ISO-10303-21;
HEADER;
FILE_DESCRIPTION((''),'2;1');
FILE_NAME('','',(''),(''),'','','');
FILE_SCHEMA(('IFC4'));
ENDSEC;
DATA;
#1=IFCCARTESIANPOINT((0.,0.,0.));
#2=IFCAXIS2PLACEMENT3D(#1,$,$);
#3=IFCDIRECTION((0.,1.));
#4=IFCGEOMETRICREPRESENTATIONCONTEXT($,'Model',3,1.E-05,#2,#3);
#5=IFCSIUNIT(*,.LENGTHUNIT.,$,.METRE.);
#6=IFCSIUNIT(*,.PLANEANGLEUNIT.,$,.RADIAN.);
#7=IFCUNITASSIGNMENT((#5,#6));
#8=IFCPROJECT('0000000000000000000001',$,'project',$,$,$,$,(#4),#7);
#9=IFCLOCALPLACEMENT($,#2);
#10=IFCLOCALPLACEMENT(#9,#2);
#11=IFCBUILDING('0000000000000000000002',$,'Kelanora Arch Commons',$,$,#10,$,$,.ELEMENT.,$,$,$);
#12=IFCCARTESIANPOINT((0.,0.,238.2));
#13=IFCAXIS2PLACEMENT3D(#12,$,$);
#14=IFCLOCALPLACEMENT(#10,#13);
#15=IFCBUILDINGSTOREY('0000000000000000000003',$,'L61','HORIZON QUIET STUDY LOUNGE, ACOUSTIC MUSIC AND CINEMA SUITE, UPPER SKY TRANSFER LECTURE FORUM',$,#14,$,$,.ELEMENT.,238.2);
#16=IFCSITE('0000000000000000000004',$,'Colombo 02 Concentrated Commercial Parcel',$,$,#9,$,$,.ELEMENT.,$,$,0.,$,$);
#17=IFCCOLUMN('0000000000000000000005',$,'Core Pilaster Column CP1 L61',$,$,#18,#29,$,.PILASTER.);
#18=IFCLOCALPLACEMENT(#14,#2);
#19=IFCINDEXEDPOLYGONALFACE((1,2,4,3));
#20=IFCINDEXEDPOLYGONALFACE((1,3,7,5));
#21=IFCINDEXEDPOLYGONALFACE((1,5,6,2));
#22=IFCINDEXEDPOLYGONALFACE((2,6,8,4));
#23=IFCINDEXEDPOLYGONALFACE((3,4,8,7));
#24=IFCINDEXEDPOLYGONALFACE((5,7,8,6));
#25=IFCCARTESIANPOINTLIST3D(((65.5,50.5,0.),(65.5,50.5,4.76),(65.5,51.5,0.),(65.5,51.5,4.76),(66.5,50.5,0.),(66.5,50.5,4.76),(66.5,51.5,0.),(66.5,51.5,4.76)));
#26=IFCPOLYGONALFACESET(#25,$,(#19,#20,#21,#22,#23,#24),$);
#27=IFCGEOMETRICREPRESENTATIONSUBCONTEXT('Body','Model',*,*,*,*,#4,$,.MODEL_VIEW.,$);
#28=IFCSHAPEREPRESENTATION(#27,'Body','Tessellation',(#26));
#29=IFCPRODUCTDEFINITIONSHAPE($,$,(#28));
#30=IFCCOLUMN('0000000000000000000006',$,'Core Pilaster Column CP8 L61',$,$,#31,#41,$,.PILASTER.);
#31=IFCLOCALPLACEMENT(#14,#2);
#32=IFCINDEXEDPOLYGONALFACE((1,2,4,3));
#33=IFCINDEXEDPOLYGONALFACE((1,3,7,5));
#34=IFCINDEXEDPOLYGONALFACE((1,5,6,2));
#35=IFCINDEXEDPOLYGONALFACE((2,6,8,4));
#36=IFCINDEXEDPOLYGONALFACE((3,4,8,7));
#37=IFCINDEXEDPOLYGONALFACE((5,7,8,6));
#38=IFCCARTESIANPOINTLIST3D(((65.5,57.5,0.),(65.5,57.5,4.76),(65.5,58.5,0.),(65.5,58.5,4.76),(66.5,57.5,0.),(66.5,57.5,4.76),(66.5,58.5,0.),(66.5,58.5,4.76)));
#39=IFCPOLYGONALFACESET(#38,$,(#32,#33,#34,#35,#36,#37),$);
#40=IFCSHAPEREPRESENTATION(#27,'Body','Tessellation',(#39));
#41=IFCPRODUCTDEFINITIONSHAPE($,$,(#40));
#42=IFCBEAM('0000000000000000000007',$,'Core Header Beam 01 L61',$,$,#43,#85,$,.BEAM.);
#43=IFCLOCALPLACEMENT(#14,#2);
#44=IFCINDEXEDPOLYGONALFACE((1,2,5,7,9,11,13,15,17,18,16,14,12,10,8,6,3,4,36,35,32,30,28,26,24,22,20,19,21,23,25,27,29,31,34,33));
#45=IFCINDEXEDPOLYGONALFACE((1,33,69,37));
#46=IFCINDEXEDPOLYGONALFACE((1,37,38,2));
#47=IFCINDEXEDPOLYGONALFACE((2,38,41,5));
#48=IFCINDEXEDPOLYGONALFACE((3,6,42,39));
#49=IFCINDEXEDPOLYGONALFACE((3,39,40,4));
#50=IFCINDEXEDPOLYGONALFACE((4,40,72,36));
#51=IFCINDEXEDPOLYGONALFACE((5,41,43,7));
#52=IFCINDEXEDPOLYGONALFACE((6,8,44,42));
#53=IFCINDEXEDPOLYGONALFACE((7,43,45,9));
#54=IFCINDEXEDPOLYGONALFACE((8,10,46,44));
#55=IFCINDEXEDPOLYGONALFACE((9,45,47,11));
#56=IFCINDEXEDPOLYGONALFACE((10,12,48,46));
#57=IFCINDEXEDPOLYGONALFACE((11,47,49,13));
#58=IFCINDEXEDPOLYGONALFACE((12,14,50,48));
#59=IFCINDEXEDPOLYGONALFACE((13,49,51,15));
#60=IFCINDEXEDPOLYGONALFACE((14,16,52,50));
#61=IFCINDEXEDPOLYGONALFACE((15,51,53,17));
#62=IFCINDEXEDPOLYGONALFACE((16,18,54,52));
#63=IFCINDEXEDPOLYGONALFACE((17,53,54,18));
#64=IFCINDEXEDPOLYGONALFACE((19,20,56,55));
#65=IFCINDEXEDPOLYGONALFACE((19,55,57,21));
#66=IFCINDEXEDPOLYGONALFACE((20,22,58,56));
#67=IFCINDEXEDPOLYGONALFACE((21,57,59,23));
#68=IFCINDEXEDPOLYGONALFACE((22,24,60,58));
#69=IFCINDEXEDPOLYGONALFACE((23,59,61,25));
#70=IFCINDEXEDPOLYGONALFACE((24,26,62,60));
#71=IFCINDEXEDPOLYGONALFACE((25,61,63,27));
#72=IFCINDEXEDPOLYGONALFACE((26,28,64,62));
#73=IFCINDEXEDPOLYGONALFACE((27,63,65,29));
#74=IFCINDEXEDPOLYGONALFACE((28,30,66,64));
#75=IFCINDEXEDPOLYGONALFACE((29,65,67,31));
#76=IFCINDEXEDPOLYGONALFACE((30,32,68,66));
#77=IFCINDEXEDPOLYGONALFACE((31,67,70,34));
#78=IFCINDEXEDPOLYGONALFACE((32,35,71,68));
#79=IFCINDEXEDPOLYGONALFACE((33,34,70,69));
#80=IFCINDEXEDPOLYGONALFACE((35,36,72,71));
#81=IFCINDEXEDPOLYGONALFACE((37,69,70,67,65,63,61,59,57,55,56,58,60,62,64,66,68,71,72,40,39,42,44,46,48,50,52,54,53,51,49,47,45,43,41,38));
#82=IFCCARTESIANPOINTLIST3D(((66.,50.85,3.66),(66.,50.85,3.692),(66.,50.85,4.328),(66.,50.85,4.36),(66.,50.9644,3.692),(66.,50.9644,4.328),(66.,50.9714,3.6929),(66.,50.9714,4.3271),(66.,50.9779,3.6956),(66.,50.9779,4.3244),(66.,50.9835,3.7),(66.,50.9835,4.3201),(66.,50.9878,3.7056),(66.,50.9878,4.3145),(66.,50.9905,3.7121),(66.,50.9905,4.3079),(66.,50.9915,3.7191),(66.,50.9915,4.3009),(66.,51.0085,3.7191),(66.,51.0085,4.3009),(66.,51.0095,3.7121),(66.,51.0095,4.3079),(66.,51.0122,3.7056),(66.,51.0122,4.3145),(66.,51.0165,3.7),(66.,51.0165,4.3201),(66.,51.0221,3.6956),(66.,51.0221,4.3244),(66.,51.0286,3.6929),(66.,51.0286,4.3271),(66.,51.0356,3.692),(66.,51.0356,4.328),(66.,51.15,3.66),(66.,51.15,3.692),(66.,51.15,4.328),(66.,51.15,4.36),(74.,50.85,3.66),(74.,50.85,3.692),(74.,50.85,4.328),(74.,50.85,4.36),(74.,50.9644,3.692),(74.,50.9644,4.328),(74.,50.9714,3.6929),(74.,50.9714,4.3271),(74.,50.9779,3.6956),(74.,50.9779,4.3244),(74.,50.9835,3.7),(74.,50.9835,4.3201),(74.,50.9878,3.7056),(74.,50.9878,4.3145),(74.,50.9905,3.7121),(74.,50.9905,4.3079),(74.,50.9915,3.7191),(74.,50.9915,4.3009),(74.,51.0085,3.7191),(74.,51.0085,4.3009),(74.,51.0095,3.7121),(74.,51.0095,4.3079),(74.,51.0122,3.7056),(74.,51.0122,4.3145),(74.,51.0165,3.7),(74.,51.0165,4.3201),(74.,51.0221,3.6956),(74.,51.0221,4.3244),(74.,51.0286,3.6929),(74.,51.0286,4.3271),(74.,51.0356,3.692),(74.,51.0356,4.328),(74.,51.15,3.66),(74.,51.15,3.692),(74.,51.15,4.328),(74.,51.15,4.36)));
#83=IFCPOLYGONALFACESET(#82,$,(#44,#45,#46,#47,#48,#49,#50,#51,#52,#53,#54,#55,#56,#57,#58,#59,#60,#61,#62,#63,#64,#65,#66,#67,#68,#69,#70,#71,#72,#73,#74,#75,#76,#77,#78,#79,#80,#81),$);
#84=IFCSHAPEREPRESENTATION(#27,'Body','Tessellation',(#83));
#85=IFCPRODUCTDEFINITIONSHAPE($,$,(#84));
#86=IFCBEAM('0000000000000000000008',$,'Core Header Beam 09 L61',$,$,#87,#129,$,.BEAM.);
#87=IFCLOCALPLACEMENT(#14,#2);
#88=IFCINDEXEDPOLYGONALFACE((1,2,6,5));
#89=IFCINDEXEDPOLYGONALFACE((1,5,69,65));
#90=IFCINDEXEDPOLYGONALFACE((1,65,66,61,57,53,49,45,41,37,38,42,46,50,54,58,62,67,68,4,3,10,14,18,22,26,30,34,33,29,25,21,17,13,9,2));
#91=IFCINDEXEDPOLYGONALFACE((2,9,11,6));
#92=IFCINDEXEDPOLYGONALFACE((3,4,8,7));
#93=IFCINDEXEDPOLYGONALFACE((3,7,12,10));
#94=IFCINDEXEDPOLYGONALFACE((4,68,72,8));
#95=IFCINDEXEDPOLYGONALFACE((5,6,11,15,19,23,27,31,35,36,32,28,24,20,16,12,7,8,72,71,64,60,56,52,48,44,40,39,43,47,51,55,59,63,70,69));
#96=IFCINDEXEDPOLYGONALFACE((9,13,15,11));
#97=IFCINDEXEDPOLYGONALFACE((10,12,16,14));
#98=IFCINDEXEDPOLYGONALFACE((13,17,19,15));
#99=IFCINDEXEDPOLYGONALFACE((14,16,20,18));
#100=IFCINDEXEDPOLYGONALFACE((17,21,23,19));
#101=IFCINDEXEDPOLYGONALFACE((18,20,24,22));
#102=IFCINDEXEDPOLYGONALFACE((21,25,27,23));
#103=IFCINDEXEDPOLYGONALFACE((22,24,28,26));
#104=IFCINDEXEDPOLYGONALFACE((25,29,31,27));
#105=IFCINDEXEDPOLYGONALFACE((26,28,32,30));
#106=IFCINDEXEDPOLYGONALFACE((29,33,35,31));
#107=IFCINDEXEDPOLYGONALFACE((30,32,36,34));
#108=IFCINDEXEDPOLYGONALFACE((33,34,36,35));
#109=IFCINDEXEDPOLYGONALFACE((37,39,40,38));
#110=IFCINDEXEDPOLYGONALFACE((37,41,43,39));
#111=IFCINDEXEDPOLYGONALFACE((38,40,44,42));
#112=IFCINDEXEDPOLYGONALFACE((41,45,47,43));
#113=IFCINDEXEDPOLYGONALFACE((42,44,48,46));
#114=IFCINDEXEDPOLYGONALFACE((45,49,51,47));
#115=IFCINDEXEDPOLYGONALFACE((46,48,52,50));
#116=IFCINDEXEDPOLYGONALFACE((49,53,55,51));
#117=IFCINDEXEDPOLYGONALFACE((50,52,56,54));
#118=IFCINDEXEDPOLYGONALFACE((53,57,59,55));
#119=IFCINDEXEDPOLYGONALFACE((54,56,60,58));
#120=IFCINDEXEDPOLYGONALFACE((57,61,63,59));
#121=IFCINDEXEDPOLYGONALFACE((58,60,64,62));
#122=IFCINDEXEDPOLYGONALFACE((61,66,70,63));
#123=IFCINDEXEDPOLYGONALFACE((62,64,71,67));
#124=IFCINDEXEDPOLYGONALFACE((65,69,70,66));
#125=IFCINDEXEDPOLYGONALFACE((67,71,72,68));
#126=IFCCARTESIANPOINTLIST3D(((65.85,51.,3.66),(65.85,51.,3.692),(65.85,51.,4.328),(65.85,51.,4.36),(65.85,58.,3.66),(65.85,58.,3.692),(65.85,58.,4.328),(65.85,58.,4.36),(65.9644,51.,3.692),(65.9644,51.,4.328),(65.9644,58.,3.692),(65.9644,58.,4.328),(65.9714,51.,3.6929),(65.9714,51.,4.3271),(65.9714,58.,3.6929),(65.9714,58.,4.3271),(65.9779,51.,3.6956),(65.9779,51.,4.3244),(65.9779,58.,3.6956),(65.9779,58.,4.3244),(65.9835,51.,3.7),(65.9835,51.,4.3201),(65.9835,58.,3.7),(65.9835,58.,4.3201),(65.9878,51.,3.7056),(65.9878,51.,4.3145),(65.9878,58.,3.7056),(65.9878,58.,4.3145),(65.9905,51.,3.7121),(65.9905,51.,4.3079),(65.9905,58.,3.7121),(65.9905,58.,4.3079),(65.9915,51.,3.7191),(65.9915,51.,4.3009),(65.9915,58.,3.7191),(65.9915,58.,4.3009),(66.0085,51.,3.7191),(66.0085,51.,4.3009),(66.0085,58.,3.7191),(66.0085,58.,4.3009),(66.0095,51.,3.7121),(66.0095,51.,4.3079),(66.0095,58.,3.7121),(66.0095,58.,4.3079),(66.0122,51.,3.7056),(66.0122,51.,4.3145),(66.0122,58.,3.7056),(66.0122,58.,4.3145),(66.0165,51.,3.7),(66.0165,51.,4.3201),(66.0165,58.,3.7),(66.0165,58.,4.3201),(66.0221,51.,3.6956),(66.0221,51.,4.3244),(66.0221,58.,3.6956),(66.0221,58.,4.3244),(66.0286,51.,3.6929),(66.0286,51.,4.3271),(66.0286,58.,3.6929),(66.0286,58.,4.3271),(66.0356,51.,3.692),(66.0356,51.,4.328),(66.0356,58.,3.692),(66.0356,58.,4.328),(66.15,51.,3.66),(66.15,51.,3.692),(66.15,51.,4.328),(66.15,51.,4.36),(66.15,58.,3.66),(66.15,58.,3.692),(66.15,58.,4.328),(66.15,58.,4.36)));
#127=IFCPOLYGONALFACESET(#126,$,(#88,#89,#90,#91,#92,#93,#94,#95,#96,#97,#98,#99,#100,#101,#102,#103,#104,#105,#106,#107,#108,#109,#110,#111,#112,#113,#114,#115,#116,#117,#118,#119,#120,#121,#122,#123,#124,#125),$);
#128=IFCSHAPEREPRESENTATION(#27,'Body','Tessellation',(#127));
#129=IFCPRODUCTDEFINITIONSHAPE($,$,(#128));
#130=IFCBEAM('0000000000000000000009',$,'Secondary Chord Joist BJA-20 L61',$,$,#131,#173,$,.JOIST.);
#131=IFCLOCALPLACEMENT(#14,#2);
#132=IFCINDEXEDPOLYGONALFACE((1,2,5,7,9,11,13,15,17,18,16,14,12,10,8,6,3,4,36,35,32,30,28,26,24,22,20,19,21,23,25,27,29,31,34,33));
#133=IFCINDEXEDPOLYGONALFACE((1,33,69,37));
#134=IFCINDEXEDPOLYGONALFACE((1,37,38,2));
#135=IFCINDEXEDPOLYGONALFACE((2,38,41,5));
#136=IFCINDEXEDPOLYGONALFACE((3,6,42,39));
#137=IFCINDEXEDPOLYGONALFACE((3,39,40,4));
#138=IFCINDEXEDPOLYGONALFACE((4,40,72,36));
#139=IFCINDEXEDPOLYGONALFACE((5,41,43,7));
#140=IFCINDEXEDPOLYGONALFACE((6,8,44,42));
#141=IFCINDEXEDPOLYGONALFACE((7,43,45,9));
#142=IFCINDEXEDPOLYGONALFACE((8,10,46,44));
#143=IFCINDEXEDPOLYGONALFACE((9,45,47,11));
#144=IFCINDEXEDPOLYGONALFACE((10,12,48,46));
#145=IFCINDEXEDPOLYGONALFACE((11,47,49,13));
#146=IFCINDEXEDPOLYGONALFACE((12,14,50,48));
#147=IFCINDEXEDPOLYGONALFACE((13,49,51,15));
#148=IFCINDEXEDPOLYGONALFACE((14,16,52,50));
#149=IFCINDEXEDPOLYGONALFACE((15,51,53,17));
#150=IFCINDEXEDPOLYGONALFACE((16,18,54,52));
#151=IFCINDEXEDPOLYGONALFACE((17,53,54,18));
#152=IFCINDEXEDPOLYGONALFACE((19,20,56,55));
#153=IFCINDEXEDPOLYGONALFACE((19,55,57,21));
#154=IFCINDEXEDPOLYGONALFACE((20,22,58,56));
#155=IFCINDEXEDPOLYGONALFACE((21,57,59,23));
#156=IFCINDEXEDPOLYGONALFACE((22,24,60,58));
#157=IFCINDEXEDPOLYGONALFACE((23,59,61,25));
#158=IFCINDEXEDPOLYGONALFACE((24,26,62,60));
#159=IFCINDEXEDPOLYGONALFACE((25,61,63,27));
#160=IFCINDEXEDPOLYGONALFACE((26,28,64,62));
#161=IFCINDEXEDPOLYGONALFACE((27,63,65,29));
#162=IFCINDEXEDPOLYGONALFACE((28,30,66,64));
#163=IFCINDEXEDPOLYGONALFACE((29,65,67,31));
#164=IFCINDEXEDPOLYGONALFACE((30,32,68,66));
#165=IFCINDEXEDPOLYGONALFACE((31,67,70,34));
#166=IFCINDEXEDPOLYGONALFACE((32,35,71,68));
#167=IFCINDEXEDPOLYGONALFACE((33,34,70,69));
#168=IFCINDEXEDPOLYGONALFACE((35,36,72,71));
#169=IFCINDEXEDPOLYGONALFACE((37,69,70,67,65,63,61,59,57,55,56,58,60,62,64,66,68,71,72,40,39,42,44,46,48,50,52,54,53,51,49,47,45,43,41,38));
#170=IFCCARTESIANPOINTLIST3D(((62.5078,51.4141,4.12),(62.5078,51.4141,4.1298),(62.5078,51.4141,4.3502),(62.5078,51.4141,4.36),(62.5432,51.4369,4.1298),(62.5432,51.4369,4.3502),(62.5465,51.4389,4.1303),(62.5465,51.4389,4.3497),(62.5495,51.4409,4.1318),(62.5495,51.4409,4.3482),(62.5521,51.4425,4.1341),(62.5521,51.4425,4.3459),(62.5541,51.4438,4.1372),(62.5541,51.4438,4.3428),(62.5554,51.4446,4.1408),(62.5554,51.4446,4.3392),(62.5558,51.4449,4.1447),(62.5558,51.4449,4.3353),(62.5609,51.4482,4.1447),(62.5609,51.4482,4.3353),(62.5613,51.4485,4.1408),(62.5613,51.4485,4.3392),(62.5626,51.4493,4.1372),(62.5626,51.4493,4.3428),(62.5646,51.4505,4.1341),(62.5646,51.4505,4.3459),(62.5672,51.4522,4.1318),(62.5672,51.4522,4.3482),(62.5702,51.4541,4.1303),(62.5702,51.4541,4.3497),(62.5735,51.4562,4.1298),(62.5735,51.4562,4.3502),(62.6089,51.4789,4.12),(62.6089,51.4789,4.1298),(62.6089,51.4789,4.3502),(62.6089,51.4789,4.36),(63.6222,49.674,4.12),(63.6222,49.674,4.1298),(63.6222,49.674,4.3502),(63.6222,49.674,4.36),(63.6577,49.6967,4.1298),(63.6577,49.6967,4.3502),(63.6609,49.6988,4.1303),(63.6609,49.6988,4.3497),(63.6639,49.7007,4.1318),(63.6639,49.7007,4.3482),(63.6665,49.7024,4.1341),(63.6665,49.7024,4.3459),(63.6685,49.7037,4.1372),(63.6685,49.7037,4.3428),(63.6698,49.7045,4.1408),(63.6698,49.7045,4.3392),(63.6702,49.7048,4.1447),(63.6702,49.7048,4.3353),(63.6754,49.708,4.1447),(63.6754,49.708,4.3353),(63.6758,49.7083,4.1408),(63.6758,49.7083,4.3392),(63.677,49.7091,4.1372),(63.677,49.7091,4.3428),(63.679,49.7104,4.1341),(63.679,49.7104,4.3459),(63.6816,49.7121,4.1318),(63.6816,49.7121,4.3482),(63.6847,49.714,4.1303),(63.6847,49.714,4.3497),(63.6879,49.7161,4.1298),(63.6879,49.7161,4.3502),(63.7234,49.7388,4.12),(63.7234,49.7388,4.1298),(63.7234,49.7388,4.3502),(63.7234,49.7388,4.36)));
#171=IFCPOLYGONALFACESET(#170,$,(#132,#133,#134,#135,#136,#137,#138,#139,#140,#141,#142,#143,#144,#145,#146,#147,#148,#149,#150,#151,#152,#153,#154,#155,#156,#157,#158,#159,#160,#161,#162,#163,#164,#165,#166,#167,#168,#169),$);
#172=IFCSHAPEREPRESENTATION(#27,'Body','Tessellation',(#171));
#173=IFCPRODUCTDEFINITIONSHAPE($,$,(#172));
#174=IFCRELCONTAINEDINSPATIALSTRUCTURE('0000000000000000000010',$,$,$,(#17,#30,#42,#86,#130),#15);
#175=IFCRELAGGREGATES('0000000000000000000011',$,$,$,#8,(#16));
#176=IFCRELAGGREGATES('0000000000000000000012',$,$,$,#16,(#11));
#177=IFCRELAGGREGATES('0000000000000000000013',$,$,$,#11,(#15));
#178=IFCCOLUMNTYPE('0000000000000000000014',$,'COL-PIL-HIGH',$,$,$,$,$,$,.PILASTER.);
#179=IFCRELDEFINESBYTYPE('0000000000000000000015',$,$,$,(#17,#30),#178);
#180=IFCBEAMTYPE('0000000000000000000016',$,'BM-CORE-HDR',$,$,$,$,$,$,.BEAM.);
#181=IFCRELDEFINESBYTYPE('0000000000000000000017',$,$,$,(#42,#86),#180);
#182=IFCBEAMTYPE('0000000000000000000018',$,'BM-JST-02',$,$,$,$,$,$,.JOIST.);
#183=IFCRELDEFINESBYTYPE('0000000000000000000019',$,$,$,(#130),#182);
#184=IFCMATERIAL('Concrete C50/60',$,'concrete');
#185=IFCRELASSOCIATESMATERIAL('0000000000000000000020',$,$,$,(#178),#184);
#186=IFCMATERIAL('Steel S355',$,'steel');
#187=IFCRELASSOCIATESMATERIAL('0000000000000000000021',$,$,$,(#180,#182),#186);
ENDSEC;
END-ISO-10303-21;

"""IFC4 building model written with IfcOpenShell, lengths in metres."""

from ifc_helpers import new_model, si_unit, direction, frame, origin, origin_2d, place, context, subcontext, project, spatial, rectangle, i_section, extrude, material, material_profile, profile_set, type_object, element, save


model = new_model("IFC4")

# Units and contexts
model_context = context("Model", 3, precision=1e-05, world=origin(), true_north=direction((0.0, 1.0)))
body_context = subcontext(model_context, "Body", "Model", "MODEL_VIEW")
ifc_project = project(units=[si_unit("LENGTHUNIT", "METRE"), si_unit("PLANEANGLEUNIT", "RADIAN")], contexts=[model_context])

# Site, building, storey
site_placement = place(None, origin())
site = spatial("IfcSite", under=ifc_project, at=site_placement, Name="Colombo 02 Concentrated Commercial Parcel", CompositionType="ELEMENT", RefElevation=0.0)
building_placement = place(site_placement, origin())
building = spatial("IfcBuilding", under=site, at=building_placement, Name="Kelanora Arch Commons", CompositionType="ELEMENT")
storey_placement = place(building_placement, frame((0.0, 0.0, 238.2)))
storey = spatial("IfcBuildingStorey", under=building, at=storey_placement, Name="L61", Description="HORIZON QUIET STUDY LOUNGE, ACOUSTIC MUSIC AND CINEMA SUITE, UPPER SKY TRANSFER LECTURE FORUM", CompositionType="ELEMENT", Elevation=238.2)

# Columns
ifc_material_1 = material(Name="Concrete C50/60", Category="concrete")
ifc_material_profile_1 = material_profile(ifc_material_1, rectangle(XDim=1.0, YDim=1.0, at=origin_2d()), Name="RC1000x1000")
ifc_profile_set_1 = profile_set([ifc_material_profile_1], Name="Concrete C50/60")
column_type = type_object("IfcColumnType", Name="COL-PIL-HIGH", PredefinedType="PILASTER", material=ifc_profile_set_1)
for number, where, z_axis, x_axis, name in (
    (1, (66.0, 51.0, 0.0), (0.0, 0.0, 1.0), (1.0, 0.0, 0.0), "Core Pilaster Column CP1 L61"),
    (2, (66.0, 58.0, 0.0), (0.0, 0.0, 1.0), (1.0, 0.0, 0.0), "Core Pilaster Column CP8 L61"),
):
    element("IfcColumn", number, at=place(storey_placement, frame(where, z_axis=z_axis, x_axis=x_axis)), inside=storey, type_object=column_type, Name=name, PredefinedType="PILASTER", context=body_context, shape_type="SweptSolid", body=[
        extrude(rectangle(XDim=1.0, YDim=1.0, at=origin_2d()), origin(), (0.0, 0.0, 1.0), 4.76),
    ])

# Beams
ifc_material_2 = material(Name="Steel S355", Category="steel")
ifc_material_profile_2 = material_profile(ifc_material_2, i_section(OverallWidth=0.3, OverallDepth=0.7, WebThickness=0.0171, FlangeThickness=0.032, FilletRadius=0.0271, at=origin_2d()), Name="HEB700")
ifc_profile_set_2 = profile_set([ifc_material_profile_2], Name="Steel S355")
beam_type_1 = type_object("IfcBeamType", Name="BM-CORE-HDR", PredefinedType="BEAM", material=ifc_profile_set_2)
beam_1_placement = place(storey_placement, frame((66.0, 51.0, 4.01), z_axis=(1.0, 0.0, 0.0), x_axis=(0.0, 1.0, 0.0)))
element("IfcBeam", 3, at=beam_1_placement, inside=storey, type_object=beam_type_1, Name="Core Header Beam 01 L61", PredefinedType="BEAM", context=body_context, shape_type="SweptSolid", body=[
    extrude(i_section(OverallWidth=0.3, OverallDepth=0.7, WebThickness=0.0171, FlangeThickness=0.032, FilletRadius=0.0271, at=origin_2d()), origin(), (0.0, 0.0, 1.0), 8.0),
])
beam_2_placement = place(storey_placement, frame((66.0, 58.0, 4.01), z_axis=(0.0, -1.0, 0.0), x_axis=(1.0, 0.0, 0.0)))
element("IfcBeam", 4, at=beam_2_placement, inside=storey, type_object=beam_type_1, Name="Core Header Beam 09 L61", PredefinedType="BEAM", context=body_context, shape_type="SweptSolid", body=[
    extrude(i_section(OverallWidth=0.3, OverallDepth=0.7, WebThickness=0.0171, FlangeThickness=0.032, FilletRadius=0.0271, at=origin_2d()), origin(), (0.0, 0.0, 1.0), 7.0),
])
ifc_material_profile_3 = material_profile(ifc_material_2, i_section(OverallWidth=0.1201, OverallDepth=0.24, WebThickness=0.0061, FlangeThickness=0.0098, FilletRadius=0.0149, at=origin_2d()), Name="IPE240")
ifc_profile_set_3 = profile_set([ifc_material_profile_3], Name="Steel S355")
beam_type_2 = type_object("IfcBeamType", Name="BM-JST-02", PredefinedType="JOIST", material=ifc_profile_set_3)
beam_3_placement = place(storey_placement, frame((62.5583, 51.4465, 4.24), z_axis=(0.539312, -0.842106, 0.0), x_axis=(0.842106, 0.539312, 0.0)))
element("IfcBeam", 5, at=beam_3_placement, inside=storey, type_object=beam_type_2, Name="Secondary Chord Joist BJA-20 L61", PredefinedType="JOIST", context=body_context, shape_type="SweptSolid", body=[
    extrude(i_section(OverallWidth=0.1201, OverallDepth=0.24, WebThickness=0.0061, FlangeThickness=0.0098, FilletRadius=0.0149, at=origin_2d()), origin(), (0.0, 0.0, 1.0), 2.0664),
])

save(model, "model.ifc")
